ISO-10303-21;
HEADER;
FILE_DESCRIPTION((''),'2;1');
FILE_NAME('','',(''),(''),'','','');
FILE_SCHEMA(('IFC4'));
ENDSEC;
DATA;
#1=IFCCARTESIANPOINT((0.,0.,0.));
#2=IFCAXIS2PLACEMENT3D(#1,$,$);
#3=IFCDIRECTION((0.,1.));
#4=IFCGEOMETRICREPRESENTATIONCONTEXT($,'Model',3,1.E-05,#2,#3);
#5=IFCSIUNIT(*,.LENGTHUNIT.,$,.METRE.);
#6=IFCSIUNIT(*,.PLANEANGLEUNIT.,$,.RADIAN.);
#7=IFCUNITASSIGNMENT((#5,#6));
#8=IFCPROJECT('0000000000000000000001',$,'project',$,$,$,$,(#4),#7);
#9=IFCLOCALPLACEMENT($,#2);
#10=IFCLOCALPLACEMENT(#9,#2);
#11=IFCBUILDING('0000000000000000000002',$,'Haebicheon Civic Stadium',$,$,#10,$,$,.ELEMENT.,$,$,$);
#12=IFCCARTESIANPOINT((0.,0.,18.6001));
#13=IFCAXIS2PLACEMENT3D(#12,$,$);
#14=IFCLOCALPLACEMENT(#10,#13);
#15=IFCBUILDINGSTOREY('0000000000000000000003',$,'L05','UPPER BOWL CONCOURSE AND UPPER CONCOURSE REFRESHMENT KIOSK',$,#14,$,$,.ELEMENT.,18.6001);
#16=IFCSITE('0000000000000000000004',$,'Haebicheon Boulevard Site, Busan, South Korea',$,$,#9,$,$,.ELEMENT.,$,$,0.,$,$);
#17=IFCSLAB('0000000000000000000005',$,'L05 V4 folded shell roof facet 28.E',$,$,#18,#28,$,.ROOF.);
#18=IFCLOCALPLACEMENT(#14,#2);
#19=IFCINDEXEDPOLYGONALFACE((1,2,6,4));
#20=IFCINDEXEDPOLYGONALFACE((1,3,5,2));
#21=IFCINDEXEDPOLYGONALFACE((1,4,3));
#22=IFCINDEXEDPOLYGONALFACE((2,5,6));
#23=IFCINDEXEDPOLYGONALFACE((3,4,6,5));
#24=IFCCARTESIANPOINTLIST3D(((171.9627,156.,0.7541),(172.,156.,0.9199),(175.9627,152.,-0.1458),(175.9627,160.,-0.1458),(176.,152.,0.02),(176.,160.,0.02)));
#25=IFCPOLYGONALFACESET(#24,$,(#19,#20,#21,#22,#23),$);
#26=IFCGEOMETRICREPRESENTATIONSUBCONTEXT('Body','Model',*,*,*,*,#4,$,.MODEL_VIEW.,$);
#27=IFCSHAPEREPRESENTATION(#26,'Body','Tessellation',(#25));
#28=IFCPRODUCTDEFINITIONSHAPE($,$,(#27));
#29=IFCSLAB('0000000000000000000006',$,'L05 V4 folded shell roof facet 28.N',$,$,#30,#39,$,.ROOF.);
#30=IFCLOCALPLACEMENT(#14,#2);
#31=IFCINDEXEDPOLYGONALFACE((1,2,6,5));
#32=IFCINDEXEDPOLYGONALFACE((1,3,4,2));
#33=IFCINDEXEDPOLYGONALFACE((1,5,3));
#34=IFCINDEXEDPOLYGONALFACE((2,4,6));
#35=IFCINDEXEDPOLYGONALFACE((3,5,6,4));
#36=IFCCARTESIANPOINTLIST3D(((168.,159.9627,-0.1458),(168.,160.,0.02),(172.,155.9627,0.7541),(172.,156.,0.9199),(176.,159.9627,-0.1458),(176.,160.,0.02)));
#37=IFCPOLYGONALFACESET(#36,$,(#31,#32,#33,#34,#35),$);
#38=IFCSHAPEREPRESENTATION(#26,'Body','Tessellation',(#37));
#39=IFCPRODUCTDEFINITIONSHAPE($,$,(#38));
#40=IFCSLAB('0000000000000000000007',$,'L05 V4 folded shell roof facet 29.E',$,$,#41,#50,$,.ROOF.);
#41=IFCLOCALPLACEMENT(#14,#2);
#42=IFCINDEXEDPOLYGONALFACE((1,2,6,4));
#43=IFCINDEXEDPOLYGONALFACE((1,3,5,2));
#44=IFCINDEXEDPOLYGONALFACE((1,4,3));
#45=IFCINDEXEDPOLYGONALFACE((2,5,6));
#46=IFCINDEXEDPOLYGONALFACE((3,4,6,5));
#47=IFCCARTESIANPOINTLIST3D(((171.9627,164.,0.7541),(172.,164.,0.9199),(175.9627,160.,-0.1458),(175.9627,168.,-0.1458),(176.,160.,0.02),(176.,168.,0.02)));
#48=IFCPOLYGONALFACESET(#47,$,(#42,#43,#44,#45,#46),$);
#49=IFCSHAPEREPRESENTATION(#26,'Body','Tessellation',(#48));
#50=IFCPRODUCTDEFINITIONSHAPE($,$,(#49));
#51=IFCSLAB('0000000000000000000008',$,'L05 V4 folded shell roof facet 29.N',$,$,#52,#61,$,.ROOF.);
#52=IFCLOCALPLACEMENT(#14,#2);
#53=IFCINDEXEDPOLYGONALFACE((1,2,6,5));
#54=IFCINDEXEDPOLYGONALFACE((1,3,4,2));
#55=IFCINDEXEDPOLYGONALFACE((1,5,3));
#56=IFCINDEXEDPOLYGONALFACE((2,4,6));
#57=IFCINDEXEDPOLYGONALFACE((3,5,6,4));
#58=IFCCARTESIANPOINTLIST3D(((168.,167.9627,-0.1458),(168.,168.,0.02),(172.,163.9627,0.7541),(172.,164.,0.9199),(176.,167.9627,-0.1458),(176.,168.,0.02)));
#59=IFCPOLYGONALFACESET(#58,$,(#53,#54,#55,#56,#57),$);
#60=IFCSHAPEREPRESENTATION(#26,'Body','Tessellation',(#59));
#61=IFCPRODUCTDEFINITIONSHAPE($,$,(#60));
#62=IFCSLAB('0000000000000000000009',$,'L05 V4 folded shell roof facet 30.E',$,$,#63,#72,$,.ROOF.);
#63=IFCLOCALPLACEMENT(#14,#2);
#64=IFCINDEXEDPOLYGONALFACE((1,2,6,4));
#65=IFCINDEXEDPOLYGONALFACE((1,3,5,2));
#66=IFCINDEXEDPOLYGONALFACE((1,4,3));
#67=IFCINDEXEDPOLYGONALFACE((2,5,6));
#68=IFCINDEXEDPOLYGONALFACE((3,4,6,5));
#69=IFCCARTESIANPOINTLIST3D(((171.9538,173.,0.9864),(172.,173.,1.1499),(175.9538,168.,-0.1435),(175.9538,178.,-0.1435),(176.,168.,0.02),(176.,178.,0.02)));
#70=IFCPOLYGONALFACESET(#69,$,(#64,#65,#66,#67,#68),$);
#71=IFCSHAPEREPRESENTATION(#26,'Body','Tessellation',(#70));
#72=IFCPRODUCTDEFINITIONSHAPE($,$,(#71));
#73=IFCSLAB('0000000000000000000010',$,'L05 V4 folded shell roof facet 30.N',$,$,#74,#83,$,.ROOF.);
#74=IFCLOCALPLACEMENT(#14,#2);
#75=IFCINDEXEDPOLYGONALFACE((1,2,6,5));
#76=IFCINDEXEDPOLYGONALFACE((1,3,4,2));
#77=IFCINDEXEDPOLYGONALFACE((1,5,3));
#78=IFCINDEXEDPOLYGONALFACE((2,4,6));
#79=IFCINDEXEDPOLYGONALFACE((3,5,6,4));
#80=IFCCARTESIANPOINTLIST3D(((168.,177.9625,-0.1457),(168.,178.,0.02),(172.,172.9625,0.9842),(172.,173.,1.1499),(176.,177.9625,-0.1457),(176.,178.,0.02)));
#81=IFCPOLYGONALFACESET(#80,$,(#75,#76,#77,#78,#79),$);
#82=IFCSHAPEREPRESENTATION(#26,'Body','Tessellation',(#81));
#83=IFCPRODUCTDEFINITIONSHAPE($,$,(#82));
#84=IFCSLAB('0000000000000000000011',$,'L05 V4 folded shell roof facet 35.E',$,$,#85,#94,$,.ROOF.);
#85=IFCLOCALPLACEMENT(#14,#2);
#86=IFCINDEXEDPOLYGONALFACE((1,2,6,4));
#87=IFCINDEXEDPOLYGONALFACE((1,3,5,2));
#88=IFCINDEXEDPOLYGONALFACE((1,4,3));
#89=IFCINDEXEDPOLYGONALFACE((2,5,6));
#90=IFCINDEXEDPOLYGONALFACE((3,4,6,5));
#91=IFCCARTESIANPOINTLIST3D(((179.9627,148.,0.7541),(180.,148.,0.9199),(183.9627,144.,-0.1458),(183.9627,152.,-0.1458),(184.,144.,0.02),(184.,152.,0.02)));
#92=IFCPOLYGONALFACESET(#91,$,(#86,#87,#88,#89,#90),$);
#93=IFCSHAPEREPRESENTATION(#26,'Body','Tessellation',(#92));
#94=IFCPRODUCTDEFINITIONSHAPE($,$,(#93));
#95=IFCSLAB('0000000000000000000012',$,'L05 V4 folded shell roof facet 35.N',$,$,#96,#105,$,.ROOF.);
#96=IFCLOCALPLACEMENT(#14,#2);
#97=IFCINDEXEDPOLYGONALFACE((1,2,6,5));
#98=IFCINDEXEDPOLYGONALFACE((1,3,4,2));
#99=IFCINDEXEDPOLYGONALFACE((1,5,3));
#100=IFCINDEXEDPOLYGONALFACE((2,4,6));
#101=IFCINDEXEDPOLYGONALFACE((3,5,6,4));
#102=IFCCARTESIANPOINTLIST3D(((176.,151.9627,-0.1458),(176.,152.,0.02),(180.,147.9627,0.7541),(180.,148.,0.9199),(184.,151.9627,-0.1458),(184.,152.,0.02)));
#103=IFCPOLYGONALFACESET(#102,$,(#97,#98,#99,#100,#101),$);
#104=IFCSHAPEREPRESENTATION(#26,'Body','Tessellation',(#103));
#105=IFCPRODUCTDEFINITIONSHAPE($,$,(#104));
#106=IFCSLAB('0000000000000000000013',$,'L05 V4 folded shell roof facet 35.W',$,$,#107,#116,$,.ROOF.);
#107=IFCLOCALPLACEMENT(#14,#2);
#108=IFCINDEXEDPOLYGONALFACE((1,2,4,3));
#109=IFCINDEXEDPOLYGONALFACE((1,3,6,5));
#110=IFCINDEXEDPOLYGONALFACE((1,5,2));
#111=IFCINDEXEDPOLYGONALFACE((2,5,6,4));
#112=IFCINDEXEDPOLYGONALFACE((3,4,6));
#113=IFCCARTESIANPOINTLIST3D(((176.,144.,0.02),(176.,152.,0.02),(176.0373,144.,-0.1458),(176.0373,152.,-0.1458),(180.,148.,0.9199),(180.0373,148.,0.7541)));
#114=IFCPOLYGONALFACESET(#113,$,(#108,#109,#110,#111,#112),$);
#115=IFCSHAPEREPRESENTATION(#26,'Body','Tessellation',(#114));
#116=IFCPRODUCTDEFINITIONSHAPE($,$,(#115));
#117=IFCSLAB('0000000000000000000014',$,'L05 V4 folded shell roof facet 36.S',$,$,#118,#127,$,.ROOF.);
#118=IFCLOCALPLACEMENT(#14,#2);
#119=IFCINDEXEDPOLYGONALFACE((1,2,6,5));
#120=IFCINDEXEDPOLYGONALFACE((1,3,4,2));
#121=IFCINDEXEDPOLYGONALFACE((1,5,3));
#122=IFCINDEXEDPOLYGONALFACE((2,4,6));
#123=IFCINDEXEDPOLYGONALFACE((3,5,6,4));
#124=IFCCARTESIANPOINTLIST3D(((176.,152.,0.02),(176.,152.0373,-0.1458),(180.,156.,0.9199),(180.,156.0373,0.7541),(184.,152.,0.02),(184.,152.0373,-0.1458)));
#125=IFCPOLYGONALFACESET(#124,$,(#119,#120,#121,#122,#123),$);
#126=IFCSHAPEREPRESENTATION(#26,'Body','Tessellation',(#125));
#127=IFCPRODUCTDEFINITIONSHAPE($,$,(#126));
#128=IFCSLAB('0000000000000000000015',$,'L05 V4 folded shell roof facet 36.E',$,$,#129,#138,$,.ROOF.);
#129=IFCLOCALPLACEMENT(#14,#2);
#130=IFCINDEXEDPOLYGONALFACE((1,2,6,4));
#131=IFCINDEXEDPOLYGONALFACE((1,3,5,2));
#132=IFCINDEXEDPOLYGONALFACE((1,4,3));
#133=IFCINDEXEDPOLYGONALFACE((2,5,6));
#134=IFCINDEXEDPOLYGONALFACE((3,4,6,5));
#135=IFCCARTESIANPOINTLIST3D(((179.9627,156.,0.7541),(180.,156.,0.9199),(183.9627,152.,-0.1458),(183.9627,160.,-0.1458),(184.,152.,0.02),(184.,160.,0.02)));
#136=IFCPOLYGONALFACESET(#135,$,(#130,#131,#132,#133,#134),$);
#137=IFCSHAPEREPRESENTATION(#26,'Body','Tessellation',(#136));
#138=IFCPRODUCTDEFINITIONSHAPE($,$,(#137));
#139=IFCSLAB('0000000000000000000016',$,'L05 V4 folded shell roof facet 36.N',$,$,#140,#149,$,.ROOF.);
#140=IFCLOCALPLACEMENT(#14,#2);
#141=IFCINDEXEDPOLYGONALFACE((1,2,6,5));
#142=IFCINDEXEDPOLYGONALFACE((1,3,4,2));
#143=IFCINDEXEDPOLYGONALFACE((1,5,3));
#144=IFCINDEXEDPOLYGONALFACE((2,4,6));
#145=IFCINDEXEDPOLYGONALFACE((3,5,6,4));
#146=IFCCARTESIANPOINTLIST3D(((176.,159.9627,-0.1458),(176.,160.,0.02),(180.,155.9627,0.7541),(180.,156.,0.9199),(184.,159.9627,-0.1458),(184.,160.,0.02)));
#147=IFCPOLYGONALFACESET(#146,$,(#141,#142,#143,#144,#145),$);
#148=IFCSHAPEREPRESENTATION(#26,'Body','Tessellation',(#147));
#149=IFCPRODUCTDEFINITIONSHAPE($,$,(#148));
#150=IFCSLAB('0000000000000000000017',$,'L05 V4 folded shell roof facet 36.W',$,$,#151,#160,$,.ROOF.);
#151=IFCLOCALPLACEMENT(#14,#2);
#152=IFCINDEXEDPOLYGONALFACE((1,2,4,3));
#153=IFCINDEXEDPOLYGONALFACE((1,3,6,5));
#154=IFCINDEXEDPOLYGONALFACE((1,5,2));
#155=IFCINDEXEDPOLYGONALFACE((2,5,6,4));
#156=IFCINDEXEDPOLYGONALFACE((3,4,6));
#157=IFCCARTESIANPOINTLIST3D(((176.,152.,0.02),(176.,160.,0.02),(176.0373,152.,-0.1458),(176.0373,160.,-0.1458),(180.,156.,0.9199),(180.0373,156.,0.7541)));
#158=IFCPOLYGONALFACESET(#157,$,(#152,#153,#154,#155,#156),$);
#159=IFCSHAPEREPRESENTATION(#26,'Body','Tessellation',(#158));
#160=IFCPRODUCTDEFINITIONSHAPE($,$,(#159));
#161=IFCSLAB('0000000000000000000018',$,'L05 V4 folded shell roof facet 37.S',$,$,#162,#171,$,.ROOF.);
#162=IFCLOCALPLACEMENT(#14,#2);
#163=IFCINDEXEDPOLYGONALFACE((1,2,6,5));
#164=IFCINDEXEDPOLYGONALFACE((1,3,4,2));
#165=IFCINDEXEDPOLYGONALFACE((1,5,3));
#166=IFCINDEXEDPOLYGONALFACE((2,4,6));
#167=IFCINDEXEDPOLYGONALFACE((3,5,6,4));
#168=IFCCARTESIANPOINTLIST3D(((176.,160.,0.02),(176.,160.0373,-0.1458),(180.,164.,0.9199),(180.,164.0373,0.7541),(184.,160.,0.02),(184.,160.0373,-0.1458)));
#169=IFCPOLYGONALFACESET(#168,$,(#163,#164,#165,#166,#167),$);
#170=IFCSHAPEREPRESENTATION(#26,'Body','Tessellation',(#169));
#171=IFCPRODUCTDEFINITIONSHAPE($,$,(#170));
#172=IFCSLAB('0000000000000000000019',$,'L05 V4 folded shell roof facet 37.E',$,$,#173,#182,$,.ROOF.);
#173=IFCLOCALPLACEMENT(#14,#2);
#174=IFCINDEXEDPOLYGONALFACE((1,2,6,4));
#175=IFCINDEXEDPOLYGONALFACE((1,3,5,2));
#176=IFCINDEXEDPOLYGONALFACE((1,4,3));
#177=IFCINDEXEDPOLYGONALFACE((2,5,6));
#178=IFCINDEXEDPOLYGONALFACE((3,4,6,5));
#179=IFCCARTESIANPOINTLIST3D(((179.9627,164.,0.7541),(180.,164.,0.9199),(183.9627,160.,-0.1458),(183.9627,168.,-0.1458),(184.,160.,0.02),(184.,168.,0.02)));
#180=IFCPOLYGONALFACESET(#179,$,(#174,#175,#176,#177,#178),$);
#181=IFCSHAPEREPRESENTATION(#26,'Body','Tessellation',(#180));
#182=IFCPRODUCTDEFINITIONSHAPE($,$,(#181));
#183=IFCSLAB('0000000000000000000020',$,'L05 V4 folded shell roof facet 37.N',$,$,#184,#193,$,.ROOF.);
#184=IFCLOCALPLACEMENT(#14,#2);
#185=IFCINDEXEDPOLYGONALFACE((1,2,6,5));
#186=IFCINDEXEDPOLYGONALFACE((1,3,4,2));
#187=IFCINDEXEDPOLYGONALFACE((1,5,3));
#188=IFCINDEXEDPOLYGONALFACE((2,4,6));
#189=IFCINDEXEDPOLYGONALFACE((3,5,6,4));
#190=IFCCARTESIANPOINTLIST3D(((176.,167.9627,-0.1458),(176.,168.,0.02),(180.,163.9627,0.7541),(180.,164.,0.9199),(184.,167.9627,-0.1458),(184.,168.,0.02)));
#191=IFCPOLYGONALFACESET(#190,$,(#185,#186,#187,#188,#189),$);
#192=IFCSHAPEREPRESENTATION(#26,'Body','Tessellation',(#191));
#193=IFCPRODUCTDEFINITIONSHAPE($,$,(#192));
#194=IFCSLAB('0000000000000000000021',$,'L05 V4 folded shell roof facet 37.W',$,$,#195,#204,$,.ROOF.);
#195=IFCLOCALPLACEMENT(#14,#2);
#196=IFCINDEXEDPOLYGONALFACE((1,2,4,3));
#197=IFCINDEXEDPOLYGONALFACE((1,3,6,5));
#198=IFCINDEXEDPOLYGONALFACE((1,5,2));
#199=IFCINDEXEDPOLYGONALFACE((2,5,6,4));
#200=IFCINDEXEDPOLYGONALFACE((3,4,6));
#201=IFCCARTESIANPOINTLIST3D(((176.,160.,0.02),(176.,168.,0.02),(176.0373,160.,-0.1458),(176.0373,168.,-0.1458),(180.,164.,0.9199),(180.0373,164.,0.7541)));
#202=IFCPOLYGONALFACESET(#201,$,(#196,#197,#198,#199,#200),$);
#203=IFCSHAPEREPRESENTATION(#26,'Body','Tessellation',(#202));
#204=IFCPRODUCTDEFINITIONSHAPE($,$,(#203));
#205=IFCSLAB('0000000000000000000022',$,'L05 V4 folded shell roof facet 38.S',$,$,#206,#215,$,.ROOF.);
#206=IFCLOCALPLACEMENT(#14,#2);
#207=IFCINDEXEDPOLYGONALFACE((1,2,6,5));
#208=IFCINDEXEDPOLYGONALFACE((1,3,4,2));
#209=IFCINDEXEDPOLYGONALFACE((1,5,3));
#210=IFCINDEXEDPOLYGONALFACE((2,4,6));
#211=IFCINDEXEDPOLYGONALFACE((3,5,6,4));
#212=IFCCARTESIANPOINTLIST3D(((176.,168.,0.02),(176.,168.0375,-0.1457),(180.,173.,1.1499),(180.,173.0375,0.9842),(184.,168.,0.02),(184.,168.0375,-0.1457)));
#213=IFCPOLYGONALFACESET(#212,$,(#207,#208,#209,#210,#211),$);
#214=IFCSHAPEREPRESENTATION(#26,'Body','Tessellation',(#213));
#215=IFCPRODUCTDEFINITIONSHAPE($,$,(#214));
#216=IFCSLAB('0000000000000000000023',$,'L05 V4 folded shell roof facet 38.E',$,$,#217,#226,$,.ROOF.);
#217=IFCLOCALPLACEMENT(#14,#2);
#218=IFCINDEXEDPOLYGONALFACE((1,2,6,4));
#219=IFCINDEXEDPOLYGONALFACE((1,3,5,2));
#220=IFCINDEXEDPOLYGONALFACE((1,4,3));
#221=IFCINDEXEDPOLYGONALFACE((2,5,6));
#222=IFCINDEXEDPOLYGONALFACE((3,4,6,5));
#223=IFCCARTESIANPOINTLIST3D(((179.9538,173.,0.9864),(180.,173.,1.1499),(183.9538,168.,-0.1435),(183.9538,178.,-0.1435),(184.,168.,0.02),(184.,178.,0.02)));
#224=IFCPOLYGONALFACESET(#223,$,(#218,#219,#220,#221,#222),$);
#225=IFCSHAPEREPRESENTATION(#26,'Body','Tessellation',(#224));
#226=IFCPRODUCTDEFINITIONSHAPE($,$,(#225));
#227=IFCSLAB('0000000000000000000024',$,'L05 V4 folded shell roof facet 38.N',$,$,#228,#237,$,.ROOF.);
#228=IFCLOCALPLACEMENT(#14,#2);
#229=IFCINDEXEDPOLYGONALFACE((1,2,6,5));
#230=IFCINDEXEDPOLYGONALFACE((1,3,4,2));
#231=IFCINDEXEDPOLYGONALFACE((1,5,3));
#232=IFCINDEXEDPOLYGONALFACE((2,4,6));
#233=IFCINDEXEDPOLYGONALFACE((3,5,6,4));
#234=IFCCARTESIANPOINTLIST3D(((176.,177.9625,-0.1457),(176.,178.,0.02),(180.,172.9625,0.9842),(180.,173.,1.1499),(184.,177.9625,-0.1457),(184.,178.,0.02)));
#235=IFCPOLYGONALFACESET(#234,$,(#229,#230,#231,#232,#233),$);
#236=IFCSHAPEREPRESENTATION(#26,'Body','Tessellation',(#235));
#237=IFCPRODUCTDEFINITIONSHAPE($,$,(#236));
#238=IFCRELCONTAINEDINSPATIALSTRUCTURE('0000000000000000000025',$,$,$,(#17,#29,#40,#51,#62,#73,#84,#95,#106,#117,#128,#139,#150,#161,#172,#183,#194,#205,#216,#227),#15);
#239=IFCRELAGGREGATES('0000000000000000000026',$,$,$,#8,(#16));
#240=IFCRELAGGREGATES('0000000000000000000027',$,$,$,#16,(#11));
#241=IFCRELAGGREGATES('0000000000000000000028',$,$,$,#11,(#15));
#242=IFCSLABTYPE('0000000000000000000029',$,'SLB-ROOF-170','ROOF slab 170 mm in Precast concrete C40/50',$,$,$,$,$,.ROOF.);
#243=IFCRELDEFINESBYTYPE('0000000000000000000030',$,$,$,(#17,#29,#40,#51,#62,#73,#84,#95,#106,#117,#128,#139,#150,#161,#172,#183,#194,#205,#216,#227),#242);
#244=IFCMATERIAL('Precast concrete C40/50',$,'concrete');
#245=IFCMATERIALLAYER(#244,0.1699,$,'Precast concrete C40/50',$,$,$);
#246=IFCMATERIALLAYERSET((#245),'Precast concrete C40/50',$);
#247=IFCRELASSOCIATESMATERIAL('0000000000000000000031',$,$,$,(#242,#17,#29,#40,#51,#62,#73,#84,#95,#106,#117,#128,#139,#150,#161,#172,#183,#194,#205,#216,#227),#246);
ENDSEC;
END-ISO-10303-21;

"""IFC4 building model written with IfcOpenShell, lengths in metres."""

from ifc_helpers import new_model, si_unit, direction, frame, origin, place, context, subcontext, project, spatial, polyline, outline, extrude, material, layer, layer_set, type_object, element, save


model = new_model("IFC4")

# Units and contexts
model_context = context("Model", 3, precision=1e-05, world=origin(), true_north=direction((0.0, 1.0)))
body_context = subcontext(model_context, "Body", "Model", "MODEL_VIEW")
ifc_project = project(units=[si_unit("LENGTHUNIT", "METRE"), si_unit("PLANEANGLEUNIT", "RADIAN")], contexts=[model_context])

# Site, building, storey
site_placement = place(None, origin())
site = spatial("IfcSite", under=ifc_project, at=site_placement, Name="Haebicheon Boulevard Site, Busan, South Korea", CompositionType="ELEMENT", RefElevation=0.0)
building_placement = place(site_placement, origin())
building = spatial("IfcBuilding", under=site, at=building_placement, Name="Haebicheon Civic Stadium", CompositionType="ELEMENT")
storey_placement = place(building_placement, frame((0.0, 0.0, 18.6001)))
storey = spatial("IfcBuildingStorey", under=building, at=storey_placement, Name="L05", Description="UPPER BOWL CONCOURSE AND UPPER CONCOURSE REFRESHMENT KIOSK", CompositionType="ELEMENT", Elevation=18.6001)

# Slabs
ifc_material = material(Name="Precast concrete C40/50", Category="concrete")
ifc_layer = layer(ifc_material, 0.1699, Name="Precast concrete C40/50")
ifc_layer_set = layer_set([ifc_layer], Name="Precast concrete C40/50")
slab_type = type_object("IfcSlabType", Name="SLB-ROOF-170", Description="ROOF slab 170 mm in Precast concrete C40/50", PredefinedType="ROOF", material=ifc_layer_set)
for number, where, z_axis, x_axis, name in (
    (1, (176.0, 152.0, 0.02), (0.21949, 0.0, 0.975615), (0.0, 1.0, 0.0), "L05 V4 folded shell roof facet 28.E"),
    (2, (176.0, 160.0, 0.02), (0.0, 0.21949, 0.975615), (-1.0, 0.0, 0.0), "L05 V4 folded shell roof facet 28.N"),
    (3, (176.0, 160.0, 0.02), (0.21949, 0.0, 0.975615), (0.0, 1.0, 0.0), "L05 V4 folded shell roof facet 29.E"),
    (4, (176.0, 168.0, 0.02), (0.0, 0.21949, 0.975615), (-1.0, 0.0, 0.0), "L05 V4 folded shell roof facet 29.N"),
):
    element("IfcSlab", number, at=place(storey_placement, frame(where, z_axis=z_axis, x_axis=x_axis)), inside=storey, type_object=slab_type, material=ifc_layer_set, Name=name, PredefinedType="ROOF", context=body_context, shape_type="SweptSolid", body=[
        extrude(outline(polyline([(0.0, 0.0), (8.0, 0.0), (4.0, 4.1), (0.0, 0.0)])), origin(), (0.0, 0.0, -1.0), 0.1699),
    ])
slab_1_placement = place(storey_placement, frame((176.0, 168.0, 0.02), z_axis=(0.271834, 0.0, 0.962344), x_axis=(0.0, 1.0, 0.0)))
element("IfcSlab", 5, at=slab_1_placement, inside=storey, type_object=slab_type, material=ifc_layer_set, Name="L05 V4 folded shell roof facet 30.E", PredefinedType="ROOF", context=body_context, shape_type="SweptSolid", body=[
    extrude(outline(polyline([(0.0, 0.0), (10.0, 0.0), (5.0, 4.1565), (0.0, 0.0)])), origin(), (0.0, 0.0, -1.0), 0.1699),
])
slab_2_placement = place(storey_placement, frame((176.0, 178.0, 0.02), z_axis=(0.0, 0.220419, 0.975405), x_axis=(-1.0, 0.0, 0.0)))
element("IfcSlab", 6, at=slab_2_placement, inside=storey, type_object=slab_type, material=ifc_layer_set, Name="L05 V4 folded shell roof facet 30.N", PredefinedType="ROOF", context=body_context, shape_type="SweptSolid", body=[
    extrude(outline(polyline([(0.0, 0.0), (8.0, 0.0), (4.0, 5.1261), (0.0, 0.0)])), origin(), (0.0, 0.0, -1.0), 0.1699),
])
for number, where, z_axis, x_axis, name in (
    (7, (184.0, 144.0, 0.02), (0.21949, 0.0, 0.975615), (0.0, 1.0, 0.0), "L05 V4 folded shell roof facet 35.E"),
    (8, (184.0, 152.0, 0.02), (0.0, 0.21949, 0.975615), (-1.0, 0.0, 0.0), "L05 V4 folded shell roof facet 35.N"),
    (9, (176.0, 152.0, 0.02), (-0.21949, 0.0, 0.975615), (0.0, -1.0, 0.0), "L05 V4 folded shell roof facet 35.W"),
    (10, (176.0, 152.0, 0.02), (0.0, -0.21949, 0.975615), (1.0, 0.0, 0.0), "L05 V4 folded shell roof facet 36.S"),
    (11, (184.0, 152.0, 0.02), (0.21949, 0.0, 0.975615), (0.0, 1.0, 0.0), "L05 V4 folded shell roof facet 36.E"),
    (12, (184.0, 160.0, 0.02), (0.0, 0.21949, 0.975615), (-1.0, 0.0, 0.0), "L05 V4 folded shell roof facet 36.N"),
    (13, (176.0, 160.0, 0.02), (-0.21949, 0.0, 0.975615), (0.0, -1.0, 0.0), "L05 V4 folded shell roof facet 36.W"),
    (14, (176.0, 160.0, 0.02), (0.0, -0.21949, 0.975615), (1.0, 0.0, 0.0), "L05 V4 folded shell roof facet 37.S"),
    (15, (184.0, 160.0, 0.02), (0.21949, 0.0, 0.975615), (0.0, 1.0, 0.0), "L05 V4 folded shell roof facet 37.E"),
    (16, (184.0, 168.0, 0.02), (0.0, 0.21949, 0.975615), (-1.0, 0.0, 0.0), "L05 V4 folded shell roof facet 37.N"),
    (17, (176.0, 168.0, 0.02), (-0.21949, 0.0, 0.975615), (0.0, -1.0, 0.0), "L05 V4 folded shell roof facet 37.W"),
):
    element("IfcSlab", number, at=place(storey_placement, frame(where, z_axis=z_axis, x_axis=x_axis)), inside=storey, type_object=slab_type, material=ifc_layer_set, Name=name, PredefinedType="ROOF", context=body_context, shape_type="SweptSolid", body=[
        extrude(outline(polyline([(0.0, 0.0), (8.0, 0.0), (4.0, 4.1), (0.0, 0.0)])), origin(), (0.0, 0.0, -1.0), 0.1699),
    ])
slab_3_placement = place(storey_placement, frame((176.0, 168.0, 0.02), z_axis=(0.0, -0.220419, 0.975405), x_axis=(1.0, 0.0, 0.0)))
element("IfcSlab", 18, at=slab_3_placement, inside=storey, type_object=slab_type, material=ifc_layer_set, Name="L05 V4 folded shell roof facet 38.S", PredefinedType="ROOF", context=body_context, shape_type="SweptSolid", body=[
    extrude(outline(polyline([(0.0, 0.0), (8.0, 0.0), (4.0, 5.1261), (0.0, 0.0)])), origin(), (0.0, 0.0, -1.0), 0.1699),
])
slab_4_placement = place(storey_placement, frame((184.0, 168.0, 0.02), z_axis=(0.271834, 0.0, 0.962344), x_axis=(0.0, 1.0, 0.0)))
element("IfcSlab", 19, at=slab_4_placement, inside=storey, type_object=slab_type, material=ifc_layer_set, Name="L05 V4 folded shell roof facet 38.E", PredefinedType="ROOF", context=body_context, shape_type="SweptSolid", body=[
    extrude(outline(polyline([(0.0, 0.0), (10.0, 0.0), (5.0, 4.1565), (0.0, 0.0)])), origin(), (0.0, 0.0, -1.0), 0.1699),
])
slab_5_placement = place(storey_placement, frame((184.0, 178.0, 0.02), z_axis=(0.0, 0.220419, 0.975405), x_axis=(-1.0, 0.0, 0.0)))
element("IfcSlab", 20, at=slab_5_placement, inside=storey, type_object=slab_type, material=ifc_layer_set, Name="L05 V4 folded shell roof facet 38.N", PredefinedType="ROOF", context=body_context, shape_type="SweptSolid", body=[
    extrude(outline(polyline([(0.0, 0.0), (8.0, 0.0), (4.0, 5.1261), (0.0, 0.0)])), origin(), (0.0, 0.0, -1.0), 0.1699),
])

save(model, "model.ifc")
